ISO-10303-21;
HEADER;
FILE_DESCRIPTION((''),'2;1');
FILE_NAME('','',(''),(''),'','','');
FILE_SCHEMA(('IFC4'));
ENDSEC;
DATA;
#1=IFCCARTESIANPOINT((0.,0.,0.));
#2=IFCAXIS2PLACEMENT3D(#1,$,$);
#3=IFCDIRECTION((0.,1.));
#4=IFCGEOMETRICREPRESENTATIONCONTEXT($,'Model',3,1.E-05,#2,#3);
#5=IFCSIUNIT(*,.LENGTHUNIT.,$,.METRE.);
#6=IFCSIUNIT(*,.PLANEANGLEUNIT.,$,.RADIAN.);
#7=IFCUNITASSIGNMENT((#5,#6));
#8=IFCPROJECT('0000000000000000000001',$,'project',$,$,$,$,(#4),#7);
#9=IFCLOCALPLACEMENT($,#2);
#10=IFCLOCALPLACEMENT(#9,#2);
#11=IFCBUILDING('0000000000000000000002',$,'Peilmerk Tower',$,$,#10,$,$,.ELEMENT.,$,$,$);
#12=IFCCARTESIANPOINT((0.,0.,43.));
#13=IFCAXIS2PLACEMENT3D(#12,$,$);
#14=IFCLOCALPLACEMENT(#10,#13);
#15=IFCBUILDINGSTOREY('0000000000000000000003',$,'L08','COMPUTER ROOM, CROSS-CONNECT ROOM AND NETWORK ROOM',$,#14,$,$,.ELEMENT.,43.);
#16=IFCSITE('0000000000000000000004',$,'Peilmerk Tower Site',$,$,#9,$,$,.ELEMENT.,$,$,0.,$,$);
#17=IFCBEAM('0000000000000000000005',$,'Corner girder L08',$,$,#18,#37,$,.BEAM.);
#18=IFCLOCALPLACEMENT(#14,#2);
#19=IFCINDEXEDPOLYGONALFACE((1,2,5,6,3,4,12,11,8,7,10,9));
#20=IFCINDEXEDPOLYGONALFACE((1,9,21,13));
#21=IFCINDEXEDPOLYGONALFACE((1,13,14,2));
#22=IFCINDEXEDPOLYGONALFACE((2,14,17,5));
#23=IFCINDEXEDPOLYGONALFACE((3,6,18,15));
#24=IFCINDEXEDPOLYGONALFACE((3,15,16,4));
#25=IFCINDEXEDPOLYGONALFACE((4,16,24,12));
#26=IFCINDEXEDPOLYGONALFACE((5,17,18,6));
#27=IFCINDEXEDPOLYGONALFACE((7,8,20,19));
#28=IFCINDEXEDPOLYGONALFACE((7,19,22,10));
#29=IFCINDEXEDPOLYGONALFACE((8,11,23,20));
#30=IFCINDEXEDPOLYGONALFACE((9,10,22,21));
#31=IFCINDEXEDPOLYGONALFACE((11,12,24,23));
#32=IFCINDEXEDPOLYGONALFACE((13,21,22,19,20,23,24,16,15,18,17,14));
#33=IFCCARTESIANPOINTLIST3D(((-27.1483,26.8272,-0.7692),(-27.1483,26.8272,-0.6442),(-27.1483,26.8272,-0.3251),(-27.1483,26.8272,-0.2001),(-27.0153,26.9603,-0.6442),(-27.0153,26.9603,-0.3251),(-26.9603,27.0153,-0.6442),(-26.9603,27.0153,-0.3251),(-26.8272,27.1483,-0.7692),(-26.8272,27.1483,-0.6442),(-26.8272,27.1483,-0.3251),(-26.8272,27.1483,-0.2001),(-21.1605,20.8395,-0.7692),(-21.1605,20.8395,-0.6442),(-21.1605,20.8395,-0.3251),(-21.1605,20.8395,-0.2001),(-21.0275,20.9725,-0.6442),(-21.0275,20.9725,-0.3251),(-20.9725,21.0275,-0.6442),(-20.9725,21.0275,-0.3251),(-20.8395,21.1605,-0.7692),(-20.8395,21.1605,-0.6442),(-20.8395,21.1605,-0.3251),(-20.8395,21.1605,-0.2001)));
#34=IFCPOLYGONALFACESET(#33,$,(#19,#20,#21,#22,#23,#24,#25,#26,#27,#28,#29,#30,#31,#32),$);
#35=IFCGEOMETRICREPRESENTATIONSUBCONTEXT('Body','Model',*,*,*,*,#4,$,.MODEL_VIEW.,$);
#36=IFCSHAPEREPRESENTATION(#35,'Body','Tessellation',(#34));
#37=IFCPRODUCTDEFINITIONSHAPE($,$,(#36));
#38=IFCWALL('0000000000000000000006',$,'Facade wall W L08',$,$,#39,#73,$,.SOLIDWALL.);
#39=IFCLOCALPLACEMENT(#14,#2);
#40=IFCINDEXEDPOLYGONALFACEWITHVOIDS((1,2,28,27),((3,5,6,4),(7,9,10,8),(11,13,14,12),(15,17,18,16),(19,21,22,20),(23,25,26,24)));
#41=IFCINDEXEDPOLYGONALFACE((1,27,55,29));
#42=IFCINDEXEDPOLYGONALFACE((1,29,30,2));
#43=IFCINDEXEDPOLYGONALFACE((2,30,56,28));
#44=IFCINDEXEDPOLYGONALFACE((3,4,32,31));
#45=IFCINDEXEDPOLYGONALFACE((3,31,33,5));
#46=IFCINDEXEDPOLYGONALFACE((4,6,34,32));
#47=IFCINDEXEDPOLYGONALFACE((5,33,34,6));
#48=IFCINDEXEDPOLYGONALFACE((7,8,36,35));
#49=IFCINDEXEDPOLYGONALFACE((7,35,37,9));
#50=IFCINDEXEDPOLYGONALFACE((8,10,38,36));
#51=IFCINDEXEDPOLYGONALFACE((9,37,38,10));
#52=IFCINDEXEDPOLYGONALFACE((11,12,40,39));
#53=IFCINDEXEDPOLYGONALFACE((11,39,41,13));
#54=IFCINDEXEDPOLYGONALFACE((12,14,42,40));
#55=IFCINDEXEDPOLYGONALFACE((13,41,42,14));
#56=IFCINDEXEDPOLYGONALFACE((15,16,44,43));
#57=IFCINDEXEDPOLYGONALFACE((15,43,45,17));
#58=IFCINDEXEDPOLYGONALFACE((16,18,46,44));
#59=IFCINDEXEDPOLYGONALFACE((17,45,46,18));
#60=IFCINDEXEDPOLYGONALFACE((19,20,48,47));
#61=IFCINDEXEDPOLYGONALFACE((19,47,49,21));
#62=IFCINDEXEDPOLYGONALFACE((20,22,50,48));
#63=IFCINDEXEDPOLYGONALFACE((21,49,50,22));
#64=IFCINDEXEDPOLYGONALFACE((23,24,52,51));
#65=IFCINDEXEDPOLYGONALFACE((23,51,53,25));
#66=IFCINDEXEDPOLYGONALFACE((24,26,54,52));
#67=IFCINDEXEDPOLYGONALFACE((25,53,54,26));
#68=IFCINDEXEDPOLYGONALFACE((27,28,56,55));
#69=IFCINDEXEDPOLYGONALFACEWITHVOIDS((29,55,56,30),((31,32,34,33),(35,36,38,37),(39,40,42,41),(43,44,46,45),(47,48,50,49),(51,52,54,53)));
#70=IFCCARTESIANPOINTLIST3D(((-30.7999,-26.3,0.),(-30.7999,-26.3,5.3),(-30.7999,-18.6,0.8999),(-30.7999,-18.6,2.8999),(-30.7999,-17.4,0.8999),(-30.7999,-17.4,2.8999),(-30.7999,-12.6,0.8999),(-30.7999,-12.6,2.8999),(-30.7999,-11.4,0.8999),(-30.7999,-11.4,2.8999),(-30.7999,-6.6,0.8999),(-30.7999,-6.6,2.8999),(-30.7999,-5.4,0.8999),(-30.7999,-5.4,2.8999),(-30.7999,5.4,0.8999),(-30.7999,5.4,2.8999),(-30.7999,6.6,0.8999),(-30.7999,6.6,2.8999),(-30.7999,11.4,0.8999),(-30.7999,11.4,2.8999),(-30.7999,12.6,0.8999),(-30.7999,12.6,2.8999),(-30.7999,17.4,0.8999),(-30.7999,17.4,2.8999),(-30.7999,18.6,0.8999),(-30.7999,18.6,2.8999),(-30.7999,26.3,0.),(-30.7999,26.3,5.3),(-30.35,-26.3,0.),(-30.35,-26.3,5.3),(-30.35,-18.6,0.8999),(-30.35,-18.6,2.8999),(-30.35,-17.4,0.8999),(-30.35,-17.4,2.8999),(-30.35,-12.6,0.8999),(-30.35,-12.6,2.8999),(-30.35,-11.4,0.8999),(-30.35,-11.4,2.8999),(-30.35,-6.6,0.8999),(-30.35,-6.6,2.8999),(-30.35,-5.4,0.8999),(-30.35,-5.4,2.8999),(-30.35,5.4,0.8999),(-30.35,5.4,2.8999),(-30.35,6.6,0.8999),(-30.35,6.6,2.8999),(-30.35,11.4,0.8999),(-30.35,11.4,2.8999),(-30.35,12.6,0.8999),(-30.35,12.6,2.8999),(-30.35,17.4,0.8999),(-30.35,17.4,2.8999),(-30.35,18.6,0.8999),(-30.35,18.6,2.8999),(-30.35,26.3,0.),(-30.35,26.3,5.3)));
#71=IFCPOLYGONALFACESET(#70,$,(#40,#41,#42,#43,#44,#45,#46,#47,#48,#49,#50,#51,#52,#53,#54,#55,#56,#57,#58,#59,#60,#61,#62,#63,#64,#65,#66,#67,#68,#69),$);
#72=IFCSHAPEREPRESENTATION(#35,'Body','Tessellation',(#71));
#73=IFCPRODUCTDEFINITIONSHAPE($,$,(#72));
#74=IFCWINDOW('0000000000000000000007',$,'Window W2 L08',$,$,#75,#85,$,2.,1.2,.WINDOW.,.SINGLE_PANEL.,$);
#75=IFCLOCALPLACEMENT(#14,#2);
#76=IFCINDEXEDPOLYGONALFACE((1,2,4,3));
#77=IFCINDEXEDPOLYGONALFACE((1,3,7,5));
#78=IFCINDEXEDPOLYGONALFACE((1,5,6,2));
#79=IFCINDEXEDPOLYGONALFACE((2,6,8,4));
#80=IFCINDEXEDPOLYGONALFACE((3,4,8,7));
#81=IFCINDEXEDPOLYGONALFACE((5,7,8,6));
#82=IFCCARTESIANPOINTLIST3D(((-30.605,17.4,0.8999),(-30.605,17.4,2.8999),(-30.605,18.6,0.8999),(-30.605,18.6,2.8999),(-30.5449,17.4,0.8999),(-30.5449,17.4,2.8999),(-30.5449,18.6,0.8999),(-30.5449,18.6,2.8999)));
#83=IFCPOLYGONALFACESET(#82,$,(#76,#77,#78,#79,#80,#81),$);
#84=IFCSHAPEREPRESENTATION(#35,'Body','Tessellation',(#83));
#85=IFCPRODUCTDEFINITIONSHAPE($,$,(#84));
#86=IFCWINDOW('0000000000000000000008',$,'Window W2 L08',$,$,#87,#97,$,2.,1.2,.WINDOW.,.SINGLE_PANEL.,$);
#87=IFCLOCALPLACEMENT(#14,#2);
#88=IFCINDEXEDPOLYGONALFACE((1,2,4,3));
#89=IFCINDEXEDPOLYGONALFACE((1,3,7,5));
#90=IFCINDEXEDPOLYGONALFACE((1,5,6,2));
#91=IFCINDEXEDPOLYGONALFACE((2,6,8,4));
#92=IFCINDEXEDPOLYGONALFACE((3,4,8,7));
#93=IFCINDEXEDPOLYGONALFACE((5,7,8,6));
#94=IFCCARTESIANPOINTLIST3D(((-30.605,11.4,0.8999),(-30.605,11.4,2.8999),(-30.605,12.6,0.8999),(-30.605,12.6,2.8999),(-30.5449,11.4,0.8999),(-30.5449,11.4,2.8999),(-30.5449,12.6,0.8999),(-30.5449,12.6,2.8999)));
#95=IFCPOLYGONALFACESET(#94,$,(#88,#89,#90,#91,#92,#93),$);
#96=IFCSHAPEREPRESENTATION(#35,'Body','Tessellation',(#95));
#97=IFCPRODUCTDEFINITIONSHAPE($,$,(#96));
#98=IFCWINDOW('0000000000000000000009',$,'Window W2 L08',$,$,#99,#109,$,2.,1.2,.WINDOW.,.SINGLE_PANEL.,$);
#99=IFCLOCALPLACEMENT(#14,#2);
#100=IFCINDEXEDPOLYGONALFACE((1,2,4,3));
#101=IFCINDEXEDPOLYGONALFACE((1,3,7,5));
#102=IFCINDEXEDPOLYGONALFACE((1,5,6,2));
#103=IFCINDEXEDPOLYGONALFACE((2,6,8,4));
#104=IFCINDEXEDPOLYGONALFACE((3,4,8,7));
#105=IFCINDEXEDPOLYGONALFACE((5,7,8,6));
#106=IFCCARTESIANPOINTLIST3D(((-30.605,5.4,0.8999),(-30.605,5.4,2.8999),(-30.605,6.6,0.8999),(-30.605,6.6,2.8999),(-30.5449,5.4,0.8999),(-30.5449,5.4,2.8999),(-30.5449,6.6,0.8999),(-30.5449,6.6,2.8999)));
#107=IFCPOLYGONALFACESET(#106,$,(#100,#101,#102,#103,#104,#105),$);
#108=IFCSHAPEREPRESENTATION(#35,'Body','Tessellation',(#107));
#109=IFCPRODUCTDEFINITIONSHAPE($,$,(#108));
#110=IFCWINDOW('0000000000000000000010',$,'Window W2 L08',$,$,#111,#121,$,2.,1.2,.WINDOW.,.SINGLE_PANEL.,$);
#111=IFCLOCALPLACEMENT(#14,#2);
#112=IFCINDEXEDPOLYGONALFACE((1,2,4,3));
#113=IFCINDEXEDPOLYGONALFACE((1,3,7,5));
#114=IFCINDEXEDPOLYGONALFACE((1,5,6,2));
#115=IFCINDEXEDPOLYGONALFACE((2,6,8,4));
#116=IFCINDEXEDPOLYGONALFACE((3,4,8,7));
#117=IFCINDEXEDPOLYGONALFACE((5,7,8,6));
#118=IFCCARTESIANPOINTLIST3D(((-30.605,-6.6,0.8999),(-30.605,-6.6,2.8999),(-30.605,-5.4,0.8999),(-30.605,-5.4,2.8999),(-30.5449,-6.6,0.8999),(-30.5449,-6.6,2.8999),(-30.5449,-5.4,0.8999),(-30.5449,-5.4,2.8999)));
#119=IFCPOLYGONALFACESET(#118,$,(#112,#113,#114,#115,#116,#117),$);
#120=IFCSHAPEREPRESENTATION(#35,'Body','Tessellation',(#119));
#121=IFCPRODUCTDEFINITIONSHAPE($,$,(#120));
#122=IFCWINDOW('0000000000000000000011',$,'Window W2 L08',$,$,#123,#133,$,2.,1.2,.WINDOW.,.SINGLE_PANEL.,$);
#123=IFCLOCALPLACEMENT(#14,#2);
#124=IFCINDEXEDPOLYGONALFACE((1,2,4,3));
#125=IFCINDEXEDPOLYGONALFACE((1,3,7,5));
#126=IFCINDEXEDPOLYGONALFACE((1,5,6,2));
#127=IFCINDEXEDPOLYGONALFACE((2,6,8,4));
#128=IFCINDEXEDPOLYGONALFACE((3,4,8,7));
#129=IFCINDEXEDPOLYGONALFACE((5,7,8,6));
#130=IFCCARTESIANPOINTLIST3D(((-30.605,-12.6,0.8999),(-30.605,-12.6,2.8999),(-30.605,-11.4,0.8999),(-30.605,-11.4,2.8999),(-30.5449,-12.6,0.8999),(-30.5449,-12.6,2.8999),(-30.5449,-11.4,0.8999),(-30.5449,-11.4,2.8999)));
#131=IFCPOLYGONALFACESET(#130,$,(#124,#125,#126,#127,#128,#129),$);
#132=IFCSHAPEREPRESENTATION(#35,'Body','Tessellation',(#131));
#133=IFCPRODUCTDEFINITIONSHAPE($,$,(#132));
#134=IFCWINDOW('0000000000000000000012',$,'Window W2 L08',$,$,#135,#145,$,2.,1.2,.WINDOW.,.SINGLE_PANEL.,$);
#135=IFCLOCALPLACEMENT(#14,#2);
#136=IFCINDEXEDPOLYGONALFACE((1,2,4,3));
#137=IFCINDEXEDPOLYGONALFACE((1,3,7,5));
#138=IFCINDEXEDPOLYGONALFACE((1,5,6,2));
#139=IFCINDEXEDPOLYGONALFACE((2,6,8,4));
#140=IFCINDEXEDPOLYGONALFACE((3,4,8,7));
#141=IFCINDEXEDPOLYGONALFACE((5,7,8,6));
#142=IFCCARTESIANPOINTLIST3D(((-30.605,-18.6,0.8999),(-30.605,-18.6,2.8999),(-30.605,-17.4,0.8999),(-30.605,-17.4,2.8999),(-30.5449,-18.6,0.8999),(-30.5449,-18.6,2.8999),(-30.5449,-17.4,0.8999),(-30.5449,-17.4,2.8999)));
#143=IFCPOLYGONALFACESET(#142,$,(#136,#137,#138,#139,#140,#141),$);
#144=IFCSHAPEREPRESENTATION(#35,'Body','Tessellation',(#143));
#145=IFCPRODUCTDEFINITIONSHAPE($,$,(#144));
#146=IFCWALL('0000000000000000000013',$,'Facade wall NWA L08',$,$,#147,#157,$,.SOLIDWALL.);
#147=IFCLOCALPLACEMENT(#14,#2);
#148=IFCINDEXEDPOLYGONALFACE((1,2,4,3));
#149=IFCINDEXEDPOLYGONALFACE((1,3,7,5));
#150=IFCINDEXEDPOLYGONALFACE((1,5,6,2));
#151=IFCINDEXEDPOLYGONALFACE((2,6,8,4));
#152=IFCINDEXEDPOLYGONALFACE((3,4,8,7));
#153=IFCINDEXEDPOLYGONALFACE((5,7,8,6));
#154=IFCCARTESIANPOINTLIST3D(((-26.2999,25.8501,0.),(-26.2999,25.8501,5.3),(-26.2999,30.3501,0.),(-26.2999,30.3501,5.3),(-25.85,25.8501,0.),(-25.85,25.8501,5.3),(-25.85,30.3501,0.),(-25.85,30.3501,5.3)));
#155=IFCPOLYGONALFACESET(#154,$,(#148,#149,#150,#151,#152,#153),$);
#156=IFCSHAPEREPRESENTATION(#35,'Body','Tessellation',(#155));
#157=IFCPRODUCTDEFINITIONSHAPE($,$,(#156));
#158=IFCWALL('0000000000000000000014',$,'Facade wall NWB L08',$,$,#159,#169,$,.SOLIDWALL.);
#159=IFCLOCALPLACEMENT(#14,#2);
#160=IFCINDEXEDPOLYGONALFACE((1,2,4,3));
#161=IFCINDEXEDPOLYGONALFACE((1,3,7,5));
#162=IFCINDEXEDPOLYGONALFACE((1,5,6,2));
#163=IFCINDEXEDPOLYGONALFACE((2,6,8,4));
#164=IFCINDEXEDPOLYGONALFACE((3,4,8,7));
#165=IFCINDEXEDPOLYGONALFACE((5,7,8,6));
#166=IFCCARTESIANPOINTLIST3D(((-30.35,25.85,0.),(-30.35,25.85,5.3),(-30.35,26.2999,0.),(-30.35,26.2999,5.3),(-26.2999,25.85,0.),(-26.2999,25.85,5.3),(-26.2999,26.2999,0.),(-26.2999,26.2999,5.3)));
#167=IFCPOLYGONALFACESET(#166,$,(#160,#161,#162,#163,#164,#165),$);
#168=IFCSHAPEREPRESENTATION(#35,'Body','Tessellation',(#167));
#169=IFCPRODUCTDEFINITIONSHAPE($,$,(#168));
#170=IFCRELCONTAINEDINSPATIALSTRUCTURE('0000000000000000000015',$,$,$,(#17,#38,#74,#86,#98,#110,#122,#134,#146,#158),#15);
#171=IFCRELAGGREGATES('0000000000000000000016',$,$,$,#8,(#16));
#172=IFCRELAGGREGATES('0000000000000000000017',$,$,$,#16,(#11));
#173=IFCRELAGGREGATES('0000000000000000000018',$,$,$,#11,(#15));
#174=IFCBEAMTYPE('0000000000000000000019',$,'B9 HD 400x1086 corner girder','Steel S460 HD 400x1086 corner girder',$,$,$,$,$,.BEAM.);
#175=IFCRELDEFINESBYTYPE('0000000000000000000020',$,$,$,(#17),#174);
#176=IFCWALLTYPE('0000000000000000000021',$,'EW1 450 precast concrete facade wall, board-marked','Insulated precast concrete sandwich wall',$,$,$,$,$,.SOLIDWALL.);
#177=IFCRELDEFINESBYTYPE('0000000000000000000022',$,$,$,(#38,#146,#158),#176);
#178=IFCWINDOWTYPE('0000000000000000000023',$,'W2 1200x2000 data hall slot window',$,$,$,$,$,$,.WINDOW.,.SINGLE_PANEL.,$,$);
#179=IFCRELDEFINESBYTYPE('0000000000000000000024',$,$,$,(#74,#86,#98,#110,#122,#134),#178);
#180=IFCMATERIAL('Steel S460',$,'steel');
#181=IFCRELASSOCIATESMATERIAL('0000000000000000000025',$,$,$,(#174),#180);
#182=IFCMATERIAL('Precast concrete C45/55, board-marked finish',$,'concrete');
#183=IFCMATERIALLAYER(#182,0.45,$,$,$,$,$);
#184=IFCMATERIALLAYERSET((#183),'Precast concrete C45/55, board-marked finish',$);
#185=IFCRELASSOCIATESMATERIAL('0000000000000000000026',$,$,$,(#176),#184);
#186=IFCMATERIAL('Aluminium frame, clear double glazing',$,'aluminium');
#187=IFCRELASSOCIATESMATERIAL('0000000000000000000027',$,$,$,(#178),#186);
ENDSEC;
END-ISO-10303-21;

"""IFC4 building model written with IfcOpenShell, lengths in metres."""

from ifc_helpers import new_model, si_unit, direction, frame, frame_2d, origin, origin_2d, place, context, subcontext, project, spatial, rectangle, i_section, extrude, material, layer, layer_set, material_profile, profile_set, type_object, element, fill, save


model = new_model("IFC4")

# Units and contexts
model_context = context("Model", 3, precision=1e-05, world=origin(), true_north=direction((0.0, 1.0)))
body_context = subcontext(model_context, "Body", "Model", "MODEL_VIEW")
ifc_project = project(units=[si_unit("LENGTHUNIT", "METRE"), si_unit("PLANEANGLEUNIT", "RADIAN")], contexts=[model_context])

# Site, building, storey
site_placement = place(None, origin())
site = spatial("IfcSite", under=ifc_project, at=site_placement, Name="Peilmerk Tower Site", CompositionType="ELEMENT", RefElevation=0.0)
building_placement = place(site_placement, origin())
building = spatial("IfcBuilding", under=site, at=building_placement, Name="Peilmerk Tower", CompositionType="ELEMENT")
storey_placement = place(building_placement, frame((0.0, 0.0, 43.0)))
storey = spatial("IfcBuildingStorey", under=building, at=storey_placement, Name="L08", Description="COMPUTER ROOM, CROSS-CONNECT ROOM AND NETWORK ROOM", CompositionType="ELEMENT", Elevation=43.0)

# Beam
ifc_material_1 = material(Name="Steel S460", Category="steel")
ifc_material_profile_1 = material_profile(ifc_material_1, i_section(OverallWidth=0.4541, OverallDepth=0.5691, WebThickness=0.0779, FlangeThickness=0.125, at=origin_2d()), Name="HD 400x1086")
ifc_profile_set_1 = profile_set([ifc_material_profile_1], Name="Steel S460")
beam_type_1 = type_object("IfcBeamType", Name="B9 HD 400x1086 corner girder", Description="Steel S460 HD 400x1086 corner girder", PredefinedType="BEAM", material=ifc_profile_set_1)
beam_1_placement = place(storey_placement, frame((-21.0, 21.0, -0.4846), z_axis=(-0.707107, 0.707107, 0.0), x_axis=(-0.707107, -0.707107, 0.0)))
element("IfcBeam", 1, at=beam_1_placement, inside=storey, type_object=beam_type_1, Name="Corner girder L08", PredefinedType="BEAM", context=body_context, shape_type="SweptSolid", body=[
    extrude(i_section(OverallWidth=0.4541, OverallDepth=0.5691, WebThickness=0.0779, FlangeThickness=0.125, at=origin_2d()), origin(), (0.0, 0.0, 1.0), 8.468),
])

# Wall, openings, windows
ifc_material_2 = material(Name="Precast concrete C45/55, board-marked finish", Category="concrete")
ifc_layer = layer(ifc_material_2, 0.45)
ifc_layer_set = layer_set([ifc_layer], Name="Precast concrete C45/55, board-marked finish")
wall_type = type_object("IfcWallType", Name="EW1 450 precast concrete facade wall, board-marked", Description="Insulated precast concrete sandwich wall", PredefinedType="SOLIDWALL", material=ifc_layer_set)
wall_1_placement = place(storey_placement, frame((-30.575, 26.3, 0.0), z_axis=(0.0, 0.0, 1.0), x_axis=(0.0, -1.0, 0.0)))
wall_1 = element("IfcWall", 2, at=wall_1_placement, inside=storey, type_object=wall_type, Name="Facade wall W L08", PredefinedType="SOLIDWALL", context=body_context, shape_type="SweptSolid", body=[
    extrude(rectangle(XDim=52.6001, YDim=0.45, at=frame_2d((26.3, 0.0))), origin(), (0.0, 0.0, 1.0), 5.3),
])
opening_1_placement = place(wall_1_placement, frame((7.7, 0.0, 0.8999)))
opening_1 = element("IfcOpeningElement", 3, at=opening_1_placement, cuts=wall_1, PredefinedType="OPENING", context=body_context, shape_type="SweptSolid", body=[
    extrude(rectangle(XDim=1.2, YDim=2.0, at=frame_2d((0.6001, 1.0))), frame((0.0, 0.2349, 0.0), z_axis=(0.0, -1.0, 0.0), x_axis=(1.0, 0.0, 0.0)), (0.0, 0.0, 1.0), 0.47),
])
opening_2_placement = place(wall_1_placement, frame((13.7, 0.0, 0.8999)))
opening_2 = element("IfcOpeningElement", 4, at=opening_2_placement, cuts=wall_1, PredefinedType="OPENING", context=body_context, shape_type="SweptSolid", body=[
    extrude(rectangle(XDim=1.2, YDim=2.0, at=frame_2d((0.6001, 1.0))), frame((0.0, 0.2349, 0.0), z_axis=(0.0, -1.0, 0.0), x_axis=(1.0, 0.0, 0.0)), (0.0, 0.0, 1.0), 0.47),
])
opening_3_placement = place(wall_1_placement, frame((19.7, 0.0, 0.8999)))
opening_3 = element("IfcOpeningElement", 5, at=opening_3_placement, cuts=wall_1, PredefinedType="OPENING", context=body_context, shape_type="SweptSolid", body=[
    extrude(rectangle(XDim=1.2, YDim=2.0, at=frame_2d((0.6001, 1.0))), frame((0.0, 0.2349, 0.0), z_axis=(0.0, -1.0, 0.0), x_axis=(1.0, 0.0, 0.0)), (0.0, 0.0, 1.0), 0.47),
])
opening_4_placement = place(wall_1_placement, frame((31.7, 0.0, 0.8999)))
opening_4 = element("IfcOpeningElement", 6, at=opening_4_placement, cuts=wall_1, PredefinedType="OPENING", context=body_context, shape_type="SweptSolid", body=[
    extrude(rectangle(XDim=1.2, YDim=2.0, at=frame_2d((0.6001, 1.0))), frame((0.0, 0.2349, 0.0), z_axis=(0.0, -1.0, 0.0), x_axis=(1.0, 0.0, 0.0)), (0.0, 0.0, 1.0), 0.47),
])
opening_5_placement = place(wall_1_placement, frame((37.7, 0.0, 0.8999)))
opening_5 = element("IfcOpeningElement", 7, at=opening_5_placement, cuts=wall_1, PredefinedType="OPENING", context=body_context, shape_type="SweptSolid", body=[
    extrude(rectangle(XDim=1.2, YDim=2.0, at=frame_2d((0.6001, 1.0))), frame((0.0, 0.2349, 0.0), z_axis=(0.0, -1.0, 0.0), x_axis=(1.0, 0.0, 0.0)), (0.0, 0.0, 1.0), 0.47),
])
opening_6_placement = place(wall_1_placement, frame((43.7, 0.0, 0.8999)))
opening_6 = element("IfcOpeningElement", 8, at=opening_6_placement, cuts=wall_1, PredefinedType="OPENING", context=body_context, shape_type="SweptSolid", body=[
    extrude(rectangle(XDim=1.2, YDim=2.0, at=frame_2d((0.6001, 1.0))), frame((0.0, 0.2349, 0.0), z_axis=(0.0, -1.0, 0.0), x_axis=(1.0, 0.0, 0.0)), (0.0, 0.0, 1.0), 0.47),
])
ifc_material_3 = material(Name="Aluminium frame, clear double glazing", Category="aluminium")
window_type = type_object("IfcWindowType", Name="W2 1200x2000 data hall slot window", PartitioningType="SINGLE_PANEL", PredefinedType="WINDOW", material=ifc_material_3)
window_1_placement = place(opening_1_placement, origin())
window_1 = element("IfcWindow", 9, at=window_1_placement, inside=storey, type_object=window_type, Name="Window W2 L08", OverallHeight=2.0, OverallWidth=1.2, PartitioningType="SINGLE_PANEL", PredefinedType="WINDOW", context=body_context, shape_type="SweptSolid", body=[
    extrude(rectangle(XDim=1.2, YDim=2.0, at=frame_2d((0.6001, 1.0))), frame((0.0, 0.03, 0.0), z_axis=(0.0, -1.0, 0.0), x_axis=(1.0, 0.0, 0.0)), (0.0, 0.0, 1.0), 0.0601),
])
fill(opening_1, window_1)
window_2_placement = place(opening_2_placement, origin())
window_2 = element("IfcWindow", 10, at=window_2_placement, inside=storey, type_object=window_type, Name="Window W2 L08", OverallHeight=2.0, OverallWidth=1.2, PartitioningType="SINGLE_PANEL", PredefinedType="WINDOW", context=body_context, shape_type="SweptSolid", body=[
    extrude(rectangle(XDim=1.2, YDim=2.0, at=frame_2d((0.6001, 1.0))), frame((0.0, 0.03, 0.0), z_axis=(0.0, -1.0, 0.0), x_axis=(1.0, 0.0, 0.0)), (0.0, 0.0, 1.0), 0.0601),
])
fill(opening_2, window_2)
window_3_placement = place(opening_3_placement, origin())
window_3 = element("IfcWindow", 11, at=window_3_placement, inside=storey, type_object=window_type, Name="Window W2 L08", OverallHeight=2.0, OverallWidth=1.2, PartitioningType="SINGLE_PANEL", PredefinedType="WINDOW", context=body_context, shape_type="SweptSolid", body=[
    extrude(rectangle(XDim=1.2, YDim=2.0, at=frame_2d((0.6001, 1.0))), frame((0.0, 0.03, 0.0), z_axis=(0.0, -1.0, 0.0), x_axis=(1.0, 0.0, 0.0)), (0.0, 0.0, 1.0), 0.0601),
])
fill(opening_3, window_3)
window_4_placement = place(opening_4_placement, origin())
window_4 = element("IfcWindow", 12, at=window_4_placement, inside=storey, type_object=window_type, Name="Window W2 L08", OverallHeight=2.0, OverallWidth=1.2, PartitioningType="SINGLE_PANEL", PredefinedType="WINDOW", context=body_context, shape_type="SweptSolid", body=[
    extrude(rectangle(XDim=1.2, YDim=2.0, at=frame_2d((0.6001, 1.0))), frame((0.0, 0.03, 0.0), z_axis=(0.0, -1.0, 0.0), x_axis=(1.0, 0.0, 0.0)), (0.0, 0.0, 1.0), 0.0601),
])
fill(opening_4, window_4)
window_5_placement = place(opening_5_placement, origin())
window_5 = element("IfcWindow", 13, at=window_5_placement, inside=storey, type_object=window_type, Name="Window W2 L08", OverallHeight=2.0, OverallWidth=1.2, PartitioningType="SINGLE_PANEL", PredefinedType="WINDOW", context=body_context, shape_type="SweptSolid", body=[
    extrude(rectangle(XDim=1.2, YDim=2.0, at=frame_2d((0.6001, 1.0))), frame((0.0, 0.03, 0.0), z_axis=(0.0, -1.0, 0.0), x_axis=(1.0, 0.0, 0.0)), (0.0, 0.0, 1.0), 0.0601),
])
fill(opening_5, window_5)
window_6_placement = place(opening_6_placement, origin())
window_6 = element("IfcWindow", 14, at=window_6_placement, inside=storey, type_object=window_type, Name="Window W2 L08", OverallHeight=2.0, OverallWidth=1.2, PartitioningType="SINGLE_PANEL", PredefinedType="WINDOW", context=body_context, shape_type="SweptSolid", body=[
    extrude(rectangle(XDim=1.2, YDim=2.0, at=frame_2d((0.6001, 1.0))), frame((0.0, 0.03, 0.0), z_axis=(0.0, -1.0, 0.0), x_axis=(1.0, 0.0, 0.0)), (0.0, 0.0, 1.0), 0.0601),
])
fill(opening_6, window_6)

# Walls
wall_2_placement = place(storey_placement, frame((-26.075, 25.8501, 0.0), z_axis=(0.0, 0.0, 1.0), x_axis=(0.0, 1.0, 0.0)))
element("IfcWall", 15, at=wall_2_placement, inside=storey, type_object=wall_type, Name="Facade wall NWA L08", PredefinedType="SOLIDWALL", context=body_context, shape_type="SweptSolid", body=[
    extrude(rectangle(XDim=4.5, YDim=0.45, at=frame_2d((2.25, 0.0))), origin(), (0.0, 0.0, 1.0), 5.3),
])
wall_3_placement = place(storey_placement, frame((-26.3, 26.075, 0.0), z_axis=(0.0, 0.0, 1.0), x_axis=(-1.0, 0.0, 0.0)))
element("IfcWall", 16, at=wall_3_placement, inside=storey, type_object=wall_type, Name="Facade wall NWB L08", PredefinedType="SOLIDWALL", context=body_context, shape_type="SweptSolid", body=[
    extrude(rectangle(XDim=4.05, YDim=0.45, at=frame_2d((2.0249, 0.0))), origin(), (0.0, 0.0, 1.0), 5.3),
])

save(model, "model.ifc")
